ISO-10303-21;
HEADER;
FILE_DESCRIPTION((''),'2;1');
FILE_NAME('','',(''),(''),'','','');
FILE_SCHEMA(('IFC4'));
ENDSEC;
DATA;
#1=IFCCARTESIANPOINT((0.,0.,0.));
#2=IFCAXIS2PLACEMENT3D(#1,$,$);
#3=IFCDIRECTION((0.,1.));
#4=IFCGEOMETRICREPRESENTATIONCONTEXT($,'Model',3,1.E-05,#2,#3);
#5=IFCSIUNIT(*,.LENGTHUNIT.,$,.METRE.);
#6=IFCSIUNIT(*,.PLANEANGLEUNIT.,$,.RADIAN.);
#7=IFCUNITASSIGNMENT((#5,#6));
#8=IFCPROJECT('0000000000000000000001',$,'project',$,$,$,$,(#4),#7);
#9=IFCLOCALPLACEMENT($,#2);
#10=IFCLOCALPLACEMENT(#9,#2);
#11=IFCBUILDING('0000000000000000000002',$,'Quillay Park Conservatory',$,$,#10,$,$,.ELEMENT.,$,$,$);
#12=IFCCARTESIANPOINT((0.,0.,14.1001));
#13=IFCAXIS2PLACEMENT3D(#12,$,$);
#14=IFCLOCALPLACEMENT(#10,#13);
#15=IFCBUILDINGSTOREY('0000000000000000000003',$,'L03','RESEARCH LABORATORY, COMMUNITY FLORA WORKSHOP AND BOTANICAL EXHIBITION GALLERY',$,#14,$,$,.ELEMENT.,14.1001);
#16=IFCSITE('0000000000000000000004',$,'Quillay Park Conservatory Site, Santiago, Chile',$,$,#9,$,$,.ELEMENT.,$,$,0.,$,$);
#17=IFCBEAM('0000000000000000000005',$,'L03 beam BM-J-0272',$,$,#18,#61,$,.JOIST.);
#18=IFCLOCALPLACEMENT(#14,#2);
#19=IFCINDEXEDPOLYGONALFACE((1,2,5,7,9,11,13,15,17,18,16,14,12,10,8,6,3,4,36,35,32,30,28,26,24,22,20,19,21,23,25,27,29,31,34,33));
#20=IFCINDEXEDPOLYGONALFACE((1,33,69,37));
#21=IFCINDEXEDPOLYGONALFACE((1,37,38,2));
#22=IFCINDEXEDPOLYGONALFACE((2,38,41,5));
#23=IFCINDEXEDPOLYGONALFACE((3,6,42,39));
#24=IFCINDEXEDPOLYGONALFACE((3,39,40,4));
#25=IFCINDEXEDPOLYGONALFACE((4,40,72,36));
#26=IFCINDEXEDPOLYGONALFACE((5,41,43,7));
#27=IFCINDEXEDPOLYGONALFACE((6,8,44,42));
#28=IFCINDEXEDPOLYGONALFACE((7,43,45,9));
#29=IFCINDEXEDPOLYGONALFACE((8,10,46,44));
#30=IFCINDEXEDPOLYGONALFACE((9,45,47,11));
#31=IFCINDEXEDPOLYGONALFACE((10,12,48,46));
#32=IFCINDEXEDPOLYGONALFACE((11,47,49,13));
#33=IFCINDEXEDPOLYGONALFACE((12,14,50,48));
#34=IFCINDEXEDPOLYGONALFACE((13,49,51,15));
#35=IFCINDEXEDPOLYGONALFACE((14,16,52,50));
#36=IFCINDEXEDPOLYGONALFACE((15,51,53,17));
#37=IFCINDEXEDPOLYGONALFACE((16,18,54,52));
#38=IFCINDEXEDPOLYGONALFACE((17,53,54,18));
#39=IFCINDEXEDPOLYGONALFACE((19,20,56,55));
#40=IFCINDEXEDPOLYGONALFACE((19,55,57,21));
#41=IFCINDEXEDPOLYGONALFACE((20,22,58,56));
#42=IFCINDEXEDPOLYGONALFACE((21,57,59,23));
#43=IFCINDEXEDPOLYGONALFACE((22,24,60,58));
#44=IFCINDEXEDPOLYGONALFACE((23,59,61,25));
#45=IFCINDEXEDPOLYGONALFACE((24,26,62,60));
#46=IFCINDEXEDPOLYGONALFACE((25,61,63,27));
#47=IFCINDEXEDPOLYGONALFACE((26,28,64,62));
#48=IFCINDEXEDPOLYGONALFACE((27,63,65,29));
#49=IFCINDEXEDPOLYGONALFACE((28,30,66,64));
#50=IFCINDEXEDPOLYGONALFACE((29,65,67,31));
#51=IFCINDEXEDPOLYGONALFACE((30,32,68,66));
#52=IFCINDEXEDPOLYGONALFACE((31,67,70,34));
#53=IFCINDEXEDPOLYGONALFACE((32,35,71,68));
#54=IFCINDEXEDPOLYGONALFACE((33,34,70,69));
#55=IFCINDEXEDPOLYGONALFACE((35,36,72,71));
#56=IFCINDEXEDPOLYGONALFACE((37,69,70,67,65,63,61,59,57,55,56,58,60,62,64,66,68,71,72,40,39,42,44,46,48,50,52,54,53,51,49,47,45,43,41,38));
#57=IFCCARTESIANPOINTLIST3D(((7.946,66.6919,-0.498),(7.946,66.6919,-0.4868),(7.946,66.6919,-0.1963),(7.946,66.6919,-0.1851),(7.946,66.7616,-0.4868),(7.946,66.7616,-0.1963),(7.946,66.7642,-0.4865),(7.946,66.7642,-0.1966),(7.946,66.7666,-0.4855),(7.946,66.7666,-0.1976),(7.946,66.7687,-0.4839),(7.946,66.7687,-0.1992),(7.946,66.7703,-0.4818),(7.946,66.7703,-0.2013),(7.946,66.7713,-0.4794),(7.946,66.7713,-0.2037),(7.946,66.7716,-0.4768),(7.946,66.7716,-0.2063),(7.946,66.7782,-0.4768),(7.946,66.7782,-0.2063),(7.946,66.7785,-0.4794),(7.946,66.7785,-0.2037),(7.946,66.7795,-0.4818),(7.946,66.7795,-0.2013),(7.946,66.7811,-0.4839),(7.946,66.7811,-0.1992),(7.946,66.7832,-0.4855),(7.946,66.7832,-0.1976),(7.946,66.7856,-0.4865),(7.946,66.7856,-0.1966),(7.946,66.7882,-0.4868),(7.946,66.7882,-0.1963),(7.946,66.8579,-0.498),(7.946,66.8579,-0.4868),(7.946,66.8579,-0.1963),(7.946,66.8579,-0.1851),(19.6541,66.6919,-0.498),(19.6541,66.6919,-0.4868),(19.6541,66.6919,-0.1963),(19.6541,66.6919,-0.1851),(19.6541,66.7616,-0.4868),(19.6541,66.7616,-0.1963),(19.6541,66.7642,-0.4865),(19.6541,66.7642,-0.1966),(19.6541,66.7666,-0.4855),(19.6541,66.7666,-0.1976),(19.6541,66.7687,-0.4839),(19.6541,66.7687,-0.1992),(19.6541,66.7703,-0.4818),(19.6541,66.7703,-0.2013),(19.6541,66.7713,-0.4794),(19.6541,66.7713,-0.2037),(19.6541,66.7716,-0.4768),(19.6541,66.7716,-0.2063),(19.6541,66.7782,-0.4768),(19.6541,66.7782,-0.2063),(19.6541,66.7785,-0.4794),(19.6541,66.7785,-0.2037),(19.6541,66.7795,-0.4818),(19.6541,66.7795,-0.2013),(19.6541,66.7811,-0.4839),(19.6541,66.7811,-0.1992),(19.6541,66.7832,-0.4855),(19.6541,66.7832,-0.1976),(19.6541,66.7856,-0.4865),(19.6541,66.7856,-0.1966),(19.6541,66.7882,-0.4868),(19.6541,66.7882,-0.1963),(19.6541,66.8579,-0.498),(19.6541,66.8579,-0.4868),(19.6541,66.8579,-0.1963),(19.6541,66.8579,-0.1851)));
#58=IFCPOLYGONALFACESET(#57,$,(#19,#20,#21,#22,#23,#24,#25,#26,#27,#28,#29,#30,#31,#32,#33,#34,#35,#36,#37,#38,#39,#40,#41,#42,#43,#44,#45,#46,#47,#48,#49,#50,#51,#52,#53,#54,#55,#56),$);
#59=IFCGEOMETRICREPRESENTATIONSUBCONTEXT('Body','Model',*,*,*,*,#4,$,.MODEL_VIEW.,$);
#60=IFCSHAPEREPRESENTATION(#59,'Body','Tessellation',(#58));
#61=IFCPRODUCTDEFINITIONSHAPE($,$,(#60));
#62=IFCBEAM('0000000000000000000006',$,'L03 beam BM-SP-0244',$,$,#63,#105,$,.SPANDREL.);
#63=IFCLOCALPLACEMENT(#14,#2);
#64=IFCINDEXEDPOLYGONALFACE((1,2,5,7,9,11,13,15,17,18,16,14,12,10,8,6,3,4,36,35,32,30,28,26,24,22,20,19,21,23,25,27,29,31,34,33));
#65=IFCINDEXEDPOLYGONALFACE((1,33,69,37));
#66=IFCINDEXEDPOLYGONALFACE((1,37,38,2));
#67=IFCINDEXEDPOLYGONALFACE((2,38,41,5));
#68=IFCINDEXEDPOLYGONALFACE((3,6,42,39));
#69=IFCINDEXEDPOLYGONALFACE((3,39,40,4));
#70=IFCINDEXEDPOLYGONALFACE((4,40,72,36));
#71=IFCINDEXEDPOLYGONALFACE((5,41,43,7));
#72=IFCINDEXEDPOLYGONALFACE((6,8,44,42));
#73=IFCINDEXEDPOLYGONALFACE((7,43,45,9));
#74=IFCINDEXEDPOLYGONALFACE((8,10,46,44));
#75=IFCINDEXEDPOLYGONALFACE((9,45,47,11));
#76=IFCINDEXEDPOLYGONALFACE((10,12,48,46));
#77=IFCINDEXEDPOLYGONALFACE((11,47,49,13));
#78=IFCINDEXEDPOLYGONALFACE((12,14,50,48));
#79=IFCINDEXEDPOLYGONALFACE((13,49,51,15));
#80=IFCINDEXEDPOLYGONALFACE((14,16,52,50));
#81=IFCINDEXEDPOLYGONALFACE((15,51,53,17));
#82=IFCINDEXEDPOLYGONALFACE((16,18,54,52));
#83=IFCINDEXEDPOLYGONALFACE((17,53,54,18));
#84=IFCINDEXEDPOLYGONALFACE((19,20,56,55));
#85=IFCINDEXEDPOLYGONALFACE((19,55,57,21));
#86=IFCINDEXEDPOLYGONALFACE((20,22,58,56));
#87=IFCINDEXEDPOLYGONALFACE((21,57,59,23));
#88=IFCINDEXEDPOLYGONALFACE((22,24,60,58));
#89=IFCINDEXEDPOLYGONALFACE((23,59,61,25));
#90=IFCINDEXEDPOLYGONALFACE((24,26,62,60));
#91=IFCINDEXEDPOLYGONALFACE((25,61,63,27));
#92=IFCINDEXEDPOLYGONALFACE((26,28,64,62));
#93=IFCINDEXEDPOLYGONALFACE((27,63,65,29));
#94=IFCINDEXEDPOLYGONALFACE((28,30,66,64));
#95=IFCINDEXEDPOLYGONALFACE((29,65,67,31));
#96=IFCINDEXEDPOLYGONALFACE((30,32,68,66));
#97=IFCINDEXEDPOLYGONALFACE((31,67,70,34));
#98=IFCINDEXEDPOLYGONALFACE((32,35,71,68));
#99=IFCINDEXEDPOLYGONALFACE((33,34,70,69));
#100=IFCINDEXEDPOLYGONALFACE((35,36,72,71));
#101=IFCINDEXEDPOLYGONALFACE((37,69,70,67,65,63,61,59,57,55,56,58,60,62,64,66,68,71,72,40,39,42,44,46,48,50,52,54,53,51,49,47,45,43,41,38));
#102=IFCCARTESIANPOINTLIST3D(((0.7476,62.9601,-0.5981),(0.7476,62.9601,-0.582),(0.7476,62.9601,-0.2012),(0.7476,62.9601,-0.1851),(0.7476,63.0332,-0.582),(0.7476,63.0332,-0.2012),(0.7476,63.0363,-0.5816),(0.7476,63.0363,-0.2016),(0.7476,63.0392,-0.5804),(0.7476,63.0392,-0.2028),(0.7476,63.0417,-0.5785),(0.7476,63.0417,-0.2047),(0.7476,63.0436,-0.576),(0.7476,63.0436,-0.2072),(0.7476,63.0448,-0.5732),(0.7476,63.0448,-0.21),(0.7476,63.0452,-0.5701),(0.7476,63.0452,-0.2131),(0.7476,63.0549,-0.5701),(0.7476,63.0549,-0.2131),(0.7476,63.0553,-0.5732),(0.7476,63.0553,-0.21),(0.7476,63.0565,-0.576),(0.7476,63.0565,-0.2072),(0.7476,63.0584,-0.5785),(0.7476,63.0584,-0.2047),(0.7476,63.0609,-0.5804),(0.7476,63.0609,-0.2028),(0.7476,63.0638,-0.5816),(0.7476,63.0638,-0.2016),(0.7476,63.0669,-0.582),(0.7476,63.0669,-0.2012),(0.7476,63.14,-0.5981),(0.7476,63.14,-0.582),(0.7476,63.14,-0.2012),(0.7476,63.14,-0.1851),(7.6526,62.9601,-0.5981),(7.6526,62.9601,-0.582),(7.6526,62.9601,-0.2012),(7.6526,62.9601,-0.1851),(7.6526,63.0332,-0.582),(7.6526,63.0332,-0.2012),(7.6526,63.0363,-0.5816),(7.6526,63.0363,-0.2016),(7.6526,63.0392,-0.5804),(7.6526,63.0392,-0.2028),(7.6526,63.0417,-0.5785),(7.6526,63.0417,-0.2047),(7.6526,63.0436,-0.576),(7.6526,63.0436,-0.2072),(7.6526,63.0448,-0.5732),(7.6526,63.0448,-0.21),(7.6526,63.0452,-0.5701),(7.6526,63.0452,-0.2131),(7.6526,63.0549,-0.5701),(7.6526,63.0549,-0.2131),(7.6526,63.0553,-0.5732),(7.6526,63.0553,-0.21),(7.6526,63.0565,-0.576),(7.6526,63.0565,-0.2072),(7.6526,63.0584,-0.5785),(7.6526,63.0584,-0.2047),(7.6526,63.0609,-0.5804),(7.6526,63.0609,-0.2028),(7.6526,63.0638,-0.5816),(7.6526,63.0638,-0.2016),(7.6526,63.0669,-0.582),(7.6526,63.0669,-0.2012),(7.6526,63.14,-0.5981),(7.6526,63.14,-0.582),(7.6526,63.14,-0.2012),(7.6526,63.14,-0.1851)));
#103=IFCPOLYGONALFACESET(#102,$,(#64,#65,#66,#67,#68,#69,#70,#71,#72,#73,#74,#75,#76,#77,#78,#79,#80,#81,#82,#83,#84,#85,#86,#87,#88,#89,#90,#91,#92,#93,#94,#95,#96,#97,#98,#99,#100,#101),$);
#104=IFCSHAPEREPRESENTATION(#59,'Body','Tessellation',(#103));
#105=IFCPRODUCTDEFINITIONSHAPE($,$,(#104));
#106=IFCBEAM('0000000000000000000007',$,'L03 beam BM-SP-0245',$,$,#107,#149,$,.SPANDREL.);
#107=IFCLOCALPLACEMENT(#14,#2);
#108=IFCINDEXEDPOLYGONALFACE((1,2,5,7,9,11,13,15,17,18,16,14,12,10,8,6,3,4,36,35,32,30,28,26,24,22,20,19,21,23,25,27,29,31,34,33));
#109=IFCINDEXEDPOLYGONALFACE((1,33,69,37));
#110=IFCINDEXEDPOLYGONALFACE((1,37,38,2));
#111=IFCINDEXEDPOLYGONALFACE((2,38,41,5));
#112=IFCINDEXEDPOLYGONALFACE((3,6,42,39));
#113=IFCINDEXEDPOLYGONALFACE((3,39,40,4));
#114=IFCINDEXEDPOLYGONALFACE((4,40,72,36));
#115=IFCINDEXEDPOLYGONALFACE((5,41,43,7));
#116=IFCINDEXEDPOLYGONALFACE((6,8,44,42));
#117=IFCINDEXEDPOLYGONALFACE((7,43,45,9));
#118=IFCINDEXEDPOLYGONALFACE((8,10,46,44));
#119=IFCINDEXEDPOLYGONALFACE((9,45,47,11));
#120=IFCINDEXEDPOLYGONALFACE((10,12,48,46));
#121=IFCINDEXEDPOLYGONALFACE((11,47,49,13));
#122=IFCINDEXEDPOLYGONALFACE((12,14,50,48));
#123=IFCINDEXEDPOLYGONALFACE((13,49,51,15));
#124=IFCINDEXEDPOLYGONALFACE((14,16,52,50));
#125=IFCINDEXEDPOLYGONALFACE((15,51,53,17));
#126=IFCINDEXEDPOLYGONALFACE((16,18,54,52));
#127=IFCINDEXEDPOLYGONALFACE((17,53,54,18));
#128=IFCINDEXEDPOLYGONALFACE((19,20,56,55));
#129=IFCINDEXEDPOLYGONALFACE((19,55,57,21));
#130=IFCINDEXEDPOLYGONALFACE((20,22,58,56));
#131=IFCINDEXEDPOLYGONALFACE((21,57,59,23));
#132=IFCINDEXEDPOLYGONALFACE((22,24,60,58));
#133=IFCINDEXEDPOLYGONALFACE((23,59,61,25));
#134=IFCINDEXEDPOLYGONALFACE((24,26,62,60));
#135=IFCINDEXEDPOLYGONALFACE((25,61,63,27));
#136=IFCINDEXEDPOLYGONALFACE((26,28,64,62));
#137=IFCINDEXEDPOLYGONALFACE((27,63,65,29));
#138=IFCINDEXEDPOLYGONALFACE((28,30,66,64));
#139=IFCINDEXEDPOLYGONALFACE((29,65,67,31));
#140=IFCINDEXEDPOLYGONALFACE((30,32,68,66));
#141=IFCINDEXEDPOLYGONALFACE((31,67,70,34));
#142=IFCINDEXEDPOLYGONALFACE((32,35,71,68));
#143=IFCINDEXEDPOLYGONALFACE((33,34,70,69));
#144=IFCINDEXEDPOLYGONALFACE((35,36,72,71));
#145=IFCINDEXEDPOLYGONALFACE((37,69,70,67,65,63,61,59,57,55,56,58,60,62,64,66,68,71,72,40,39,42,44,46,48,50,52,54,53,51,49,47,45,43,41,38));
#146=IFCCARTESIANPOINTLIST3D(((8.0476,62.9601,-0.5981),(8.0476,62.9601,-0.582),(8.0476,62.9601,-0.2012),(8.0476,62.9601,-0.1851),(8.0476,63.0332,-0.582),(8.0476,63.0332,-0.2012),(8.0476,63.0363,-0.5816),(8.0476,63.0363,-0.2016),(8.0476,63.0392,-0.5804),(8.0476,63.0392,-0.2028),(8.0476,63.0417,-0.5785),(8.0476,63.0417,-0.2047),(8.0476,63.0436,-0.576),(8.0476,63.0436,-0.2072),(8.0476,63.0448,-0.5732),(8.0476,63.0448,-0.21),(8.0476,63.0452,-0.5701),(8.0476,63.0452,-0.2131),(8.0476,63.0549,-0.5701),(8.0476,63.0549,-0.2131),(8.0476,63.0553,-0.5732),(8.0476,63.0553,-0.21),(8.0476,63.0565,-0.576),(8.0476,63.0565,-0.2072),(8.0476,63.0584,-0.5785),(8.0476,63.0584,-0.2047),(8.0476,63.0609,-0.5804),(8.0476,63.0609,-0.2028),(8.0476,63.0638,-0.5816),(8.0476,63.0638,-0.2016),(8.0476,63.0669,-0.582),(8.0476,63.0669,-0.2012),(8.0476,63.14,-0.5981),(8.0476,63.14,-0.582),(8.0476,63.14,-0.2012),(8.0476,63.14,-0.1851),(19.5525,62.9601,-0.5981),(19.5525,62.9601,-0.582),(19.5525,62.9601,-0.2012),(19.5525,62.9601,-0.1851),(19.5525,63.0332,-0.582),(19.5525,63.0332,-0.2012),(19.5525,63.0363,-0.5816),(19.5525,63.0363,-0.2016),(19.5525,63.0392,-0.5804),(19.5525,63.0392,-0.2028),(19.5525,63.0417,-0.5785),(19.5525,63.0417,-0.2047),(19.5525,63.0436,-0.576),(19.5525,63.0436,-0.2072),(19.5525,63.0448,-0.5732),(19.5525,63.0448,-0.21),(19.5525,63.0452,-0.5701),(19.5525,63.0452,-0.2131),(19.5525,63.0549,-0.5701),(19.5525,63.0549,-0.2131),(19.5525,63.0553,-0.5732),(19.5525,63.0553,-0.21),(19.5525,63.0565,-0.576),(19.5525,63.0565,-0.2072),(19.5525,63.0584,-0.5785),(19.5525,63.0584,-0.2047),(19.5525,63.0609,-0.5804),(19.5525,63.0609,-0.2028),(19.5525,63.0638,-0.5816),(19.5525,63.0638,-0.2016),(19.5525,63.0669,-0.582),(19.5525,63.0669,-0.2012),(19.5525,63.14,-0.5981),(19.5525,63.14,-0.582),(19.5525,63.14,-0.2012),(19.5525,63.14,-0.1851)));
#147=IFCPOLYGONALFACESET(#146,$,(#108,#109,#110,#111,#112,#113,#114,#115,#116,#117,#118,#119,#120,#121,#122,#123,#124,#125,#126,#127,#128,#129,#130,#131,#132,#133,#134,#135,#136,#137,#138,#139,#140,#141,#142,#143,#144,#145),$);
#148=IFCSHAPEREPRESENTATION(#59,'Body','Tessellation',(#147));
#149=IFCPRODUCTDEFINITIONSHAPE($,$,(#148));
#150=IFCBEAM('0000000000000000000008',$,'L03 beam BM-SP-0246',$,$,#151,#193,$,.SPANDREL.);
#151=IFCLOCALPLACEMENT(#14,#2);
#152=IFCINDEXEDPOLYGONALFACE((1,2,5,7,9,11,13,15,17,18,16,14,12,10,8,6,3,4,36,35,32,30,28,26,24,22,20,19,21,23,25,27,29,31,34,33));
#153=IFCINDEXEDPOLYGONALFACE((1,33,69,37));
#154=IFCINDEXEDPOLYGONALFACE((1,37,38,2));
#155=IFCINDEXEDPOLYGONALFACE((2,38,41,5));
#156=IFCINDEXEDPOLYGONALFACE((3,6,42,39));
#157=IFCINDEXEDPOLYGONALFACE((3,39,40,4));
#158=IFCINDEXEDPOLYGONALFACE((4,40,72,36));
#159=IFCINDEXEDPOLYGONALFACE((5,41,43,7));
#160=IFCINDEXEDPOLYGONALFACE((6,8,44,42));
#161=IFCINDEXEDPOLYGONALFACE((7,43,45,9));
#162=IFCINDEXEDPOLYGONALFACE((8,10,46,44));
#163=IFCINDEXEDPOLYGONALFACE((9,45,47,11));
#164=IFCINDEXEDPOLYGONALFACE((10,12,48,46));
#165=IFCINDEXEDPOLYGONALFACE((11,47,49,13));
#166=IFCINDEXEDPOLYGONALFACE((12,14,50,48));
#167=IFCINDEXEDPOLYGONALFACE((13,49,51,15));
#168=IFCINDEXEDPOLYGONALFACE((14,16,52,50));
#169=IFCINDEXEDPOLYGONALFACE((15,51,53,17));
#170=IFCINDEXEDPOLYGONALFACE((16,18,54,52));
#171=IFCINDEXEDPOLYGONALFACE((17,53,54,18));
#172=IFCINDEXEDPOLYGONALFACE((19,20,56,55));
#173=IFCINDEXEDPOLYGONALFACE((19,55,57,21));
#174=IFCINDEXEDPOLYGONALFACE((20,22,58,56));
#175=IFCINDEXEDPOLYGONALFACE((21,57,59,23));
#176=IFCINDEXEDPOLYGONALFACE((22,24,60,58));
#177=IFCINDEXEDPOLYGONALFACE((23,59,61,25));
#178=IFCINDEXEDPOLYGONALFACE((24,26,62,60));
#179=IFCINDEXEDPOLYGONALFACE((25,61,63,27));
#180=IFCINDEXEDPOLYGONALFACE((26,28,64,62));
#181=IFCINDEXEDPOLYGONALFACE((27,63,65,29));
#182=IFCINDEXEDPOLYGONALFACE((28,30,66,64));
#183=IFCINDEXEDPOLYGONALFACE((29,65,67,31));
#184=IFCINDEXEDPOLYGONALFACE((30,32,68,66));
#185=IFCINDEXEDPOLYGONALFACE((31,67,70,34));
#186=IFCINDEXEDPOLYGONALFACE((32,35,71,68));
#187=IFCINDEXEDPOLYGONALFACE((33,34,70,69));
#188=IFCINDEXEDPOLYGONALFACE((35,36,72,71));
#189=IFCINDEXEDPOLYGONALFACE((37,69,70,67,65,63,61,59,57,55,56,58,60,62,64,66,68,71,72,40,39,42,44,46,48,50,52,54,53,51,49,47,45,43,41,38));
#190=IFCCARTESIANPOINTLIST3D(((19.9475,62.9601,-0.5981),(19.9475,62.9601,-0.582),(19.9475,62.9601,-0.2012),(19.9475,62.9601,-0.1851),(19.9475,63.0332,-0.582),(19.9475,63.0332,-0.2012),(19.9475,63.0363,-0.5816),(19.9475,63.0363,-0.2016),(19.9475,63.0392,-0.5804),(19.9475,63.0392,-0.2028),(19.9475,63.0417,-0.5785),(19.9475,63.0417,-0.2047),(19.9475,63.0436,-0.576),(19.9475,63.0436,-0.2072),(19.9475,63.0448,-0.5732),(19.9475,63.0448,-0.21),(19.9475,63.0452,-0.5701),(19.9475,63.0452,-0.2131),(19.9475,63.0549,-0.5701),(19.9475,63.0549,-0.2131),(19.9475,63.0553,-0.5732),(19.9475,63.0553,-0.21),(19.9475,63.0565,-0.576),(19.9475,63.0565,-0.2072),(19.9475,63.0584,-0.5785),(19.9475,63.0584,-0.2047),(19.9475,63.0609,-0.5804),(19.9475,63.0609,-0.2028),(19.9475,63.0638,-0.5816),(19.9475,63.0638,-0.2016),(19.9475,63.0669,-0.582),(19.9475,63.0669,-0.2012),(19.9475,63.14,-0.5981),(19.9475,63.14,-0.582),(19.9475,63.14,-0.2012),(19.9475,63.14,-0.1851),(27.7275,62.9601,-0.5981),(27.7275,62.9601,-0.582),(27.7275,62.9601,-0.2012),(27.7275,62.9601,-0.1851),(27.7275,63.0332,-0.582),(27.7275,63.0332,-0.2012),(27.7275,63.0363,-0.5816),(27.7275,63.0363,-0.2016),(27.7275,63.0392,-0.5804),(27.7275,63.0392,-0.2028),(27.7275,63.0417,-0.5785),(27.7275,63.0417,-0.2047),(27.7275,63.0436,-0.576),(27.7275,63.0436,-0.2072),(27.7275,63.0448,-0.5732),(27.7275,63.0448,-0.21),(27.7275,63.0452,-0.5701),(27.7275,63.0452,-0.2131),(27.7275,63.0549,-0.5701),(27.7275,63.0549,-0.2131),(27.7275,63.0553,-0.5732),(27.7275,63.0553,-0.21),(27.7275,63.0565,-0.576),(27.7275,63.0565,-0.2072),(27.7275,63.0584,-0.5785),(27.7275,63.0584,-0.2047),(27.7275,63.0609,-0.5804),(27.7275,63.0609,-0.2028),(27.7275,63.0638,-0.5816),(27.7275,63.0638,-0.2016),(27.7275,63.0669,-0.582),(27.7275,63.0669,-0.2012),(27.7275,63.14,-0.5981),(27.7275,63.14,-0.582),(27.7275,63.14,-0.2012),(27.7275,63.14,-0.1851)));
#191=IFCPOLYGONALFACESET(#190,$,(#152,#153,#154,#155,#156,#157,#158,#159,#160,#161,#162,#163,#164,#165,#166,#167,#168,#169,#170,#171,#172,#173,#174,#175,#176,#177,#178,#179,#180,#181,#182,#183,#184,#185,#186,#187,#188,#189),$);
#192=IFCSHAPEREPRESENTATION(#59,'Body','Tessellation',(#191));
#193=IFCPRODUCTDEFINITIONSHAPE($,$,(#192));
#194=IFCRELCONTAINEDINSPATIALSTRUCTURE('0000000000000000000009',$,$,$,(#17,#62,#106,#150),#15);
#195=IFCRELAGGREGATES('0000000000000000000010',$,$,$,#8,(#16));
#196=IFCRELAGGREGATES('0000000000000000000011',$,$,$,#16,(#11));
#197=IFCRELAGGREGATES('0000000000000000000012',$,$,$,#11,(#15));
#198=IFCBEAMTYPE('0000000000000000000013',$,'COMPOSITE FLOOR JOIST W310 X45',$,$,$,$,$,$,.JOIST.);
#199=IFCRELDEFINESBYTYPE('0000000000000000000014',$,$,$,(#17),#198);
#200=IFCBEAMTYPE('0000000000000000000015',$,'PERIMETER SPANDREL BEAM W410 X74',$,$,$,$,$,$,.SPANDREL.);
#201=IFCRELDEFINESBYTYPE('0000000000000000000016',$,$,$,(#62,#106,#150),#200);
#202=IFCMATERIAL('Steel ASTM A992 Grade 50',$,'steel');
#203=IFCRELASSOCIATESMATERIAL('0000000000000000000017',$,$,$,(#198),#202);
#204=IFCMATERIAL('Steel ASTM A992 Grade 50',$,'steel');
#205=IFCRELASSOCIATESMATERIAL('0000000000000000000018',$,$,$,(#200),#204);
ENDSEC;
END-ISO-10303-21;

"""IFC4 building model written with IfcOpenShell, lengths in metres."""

from ifc_helpers import new_model, si_unit, direction, frame, origin, origin_2d, place, context, subcontext, project, spatial, i_section, extrude, material, material_profile, profile_set, type_object, element, save


model = new_model("IFC4")

# Units and contexts
model_context = context("Model", 3, precision=1e-05, world=origin(), true_north=direction((0.0, 1.0)))
body_context = subcontext(model_context, "Body", "Model", "MODEL_VIEW")
ifc_project = project(units=[si_unit("LENGTHUNIT", "METRE"), si_unit("PLANEANGLEUNIT", "RADIAN")], contexts=[model_context])

# Site, building, storey
site_placement = place(None, origin())
site = spatial("IfcSite", under=ifc_project, at=site_placement, Name="Quillay Park Conservatory Site, Santiago, Chile", CompositionType="ELEMENT", RefElevation=0.0)
building_placement = place(site_placement, origin())
building = spatial("IfcBuilding", under=site, at=building_placement, Name="Quillay Park Conservatory", CompositionType="ELEMENT")
storey_placement = place(building_placement, frame((0.0, 0.0, 14.1001)))
storey = spatial("IfcBuildingStorey", under=building, at=storey_placement, Name="L03", Description="RESEARCH LABORATORY, COMMUNITY FLORA WORKSHOP AND BOTANICAL EXHIBITION GALLERY", CompositionType="ELEMENT", Elevation=14.1001)

# Beams
ifc_material_1 = material(Name="Steel ASTM A992 Grade 50", Category="steel")
ifc_material_profile_1 = material_profile(ifc_material_1, i_section(OverallWidth=0.166, OverallDepth=0.313, WebThickness=0.0066, FlangeThickness=0.0112, FilletRadius=0.01, at=origin_2d()), Name="W310x45")
ifc_profile_set_1 = profile_set([ifc_material_profile_1], Name="Steel ASTM A992 Grade 50")
beam_type_1 = type_object("IfcBeamType", Name="COMPOSITE FLOOR JOIST W310 X45", PredefinedType="JOIST", material=ifc_profile_set_1)
beam_1_placement = place(storey_placement, frame((7.946, 66.7749, -0.3416), z_axis=(1.0, 0.0, 0.0), x_axis=(0.0, 1.0, 0.0)))
element("IfcBeam", 1, at=beam_1_placement, inside=storey, type_object=beam_type_1, Name="L03 beam BM-J-0272", PredefinedType="JOIST", context=body_context, shape_type="SweptSolid", body=[
    extrude(i_section(OverallWidth=0.166, OverallDepth=0.313, WebThickness=0.0066, FlangeThickness=0.0112, FilletRadius=0.01, at=origin_2d()), origin(), (0.0, 0.0, 1.0), 11.708),
])
ifc_material_2 = material(Name="Steel ASTM A992 Grade 50", Category="steel")
ifc_material_profile_2 = material_profile(ifc_material_2, i_section(OverallWidth=0.1799, OverallDepth=0.4131, WebThickness=0.0098, FlangeThickness=0.0161, FilletRadius=0.012, at=origin_2d()), Name="W410x74")
ifc_profile_set_2 = profile_set([ifc_material_profile_2], Name="Steel ASTM A992 Grade 50")
beam_type_2 = type_object("IfcBeamType", Name="PERIMETER SPANDREL BEAM W410 X74", PredefinedType="SPANDREL", material=ifc_profile_set_2)
beam_2_placement = place(storey_placement, frame((0.7476, 63.05, -0.3916), z_axis=(1.0, 0.0, 0.0), x_axis=(0.0, 1.0, 0.0)))
element("IfcBeam", 2, at=beam_2_placement, inside=storey, type_object=beam_type_2, Name="L03 beam BM-SP-0244", PredefinedType="SPANDREL", context=body_context, shape_type="SweptSolid", body=[
    extrude(i_section(OverallWidth=0.1799, OverallDepth=0.4131, WebThickness=0.0098, FlangeThickness=0.0161, FilletRadius=0.012, at=origin_2d()), origin(), (0.0, 0.0, 1.0), 6.905),
])
beam_3_placement = place(storey_placement, frame((8.0476, 63.05, -0.3916), z_axis=(1.0, 0.0, 0.0), x_axis=(0.0, 1.0, 0.0)))
element("IfcBeam", 3, at=beam_3_placement, inside=storey, type_object=beam_type_2, Name="L03 beam BM-SP-0245", PredefinedType="SPANDREL", context=body_context, shape_type="SweptSolid", body=[
    extrude(i_section(OverallWidth=0.1799, OverallDepth=0.4131, WebThickness=0.0098, FlangeThickness=0.0161, FilletRadius=0.012, at=origin_2d()), origin(), (0.0, 0.0, 1.0), 11.5049),
])
beam_4_placement = place(storey_placement, frame((19.9475, 63.05, -0.3916), z_axis=(1.0, 0.0, 0.0), x_axis=(0.0, 1.0, 0.0)))
element("IfcBeam", 4, at=beam_4_placement, inside=storey, type_object=beam_type_2, Name="L03 beam BM-SP-0246", PredefinedType="SPANDREL", context=body_context, shape_type="SweptSolid", body=[
    extrude(i_section(OverallWidth=0.1799, OverallDepth=0.4131, WebThickness=0.0098, FlangeThickness=0.0161, FilletRadius=0.012, at=origin_2d()), origin(), (0.0, 0.0, 1.0), 7.78),
])

save(model, "model.ifc")
